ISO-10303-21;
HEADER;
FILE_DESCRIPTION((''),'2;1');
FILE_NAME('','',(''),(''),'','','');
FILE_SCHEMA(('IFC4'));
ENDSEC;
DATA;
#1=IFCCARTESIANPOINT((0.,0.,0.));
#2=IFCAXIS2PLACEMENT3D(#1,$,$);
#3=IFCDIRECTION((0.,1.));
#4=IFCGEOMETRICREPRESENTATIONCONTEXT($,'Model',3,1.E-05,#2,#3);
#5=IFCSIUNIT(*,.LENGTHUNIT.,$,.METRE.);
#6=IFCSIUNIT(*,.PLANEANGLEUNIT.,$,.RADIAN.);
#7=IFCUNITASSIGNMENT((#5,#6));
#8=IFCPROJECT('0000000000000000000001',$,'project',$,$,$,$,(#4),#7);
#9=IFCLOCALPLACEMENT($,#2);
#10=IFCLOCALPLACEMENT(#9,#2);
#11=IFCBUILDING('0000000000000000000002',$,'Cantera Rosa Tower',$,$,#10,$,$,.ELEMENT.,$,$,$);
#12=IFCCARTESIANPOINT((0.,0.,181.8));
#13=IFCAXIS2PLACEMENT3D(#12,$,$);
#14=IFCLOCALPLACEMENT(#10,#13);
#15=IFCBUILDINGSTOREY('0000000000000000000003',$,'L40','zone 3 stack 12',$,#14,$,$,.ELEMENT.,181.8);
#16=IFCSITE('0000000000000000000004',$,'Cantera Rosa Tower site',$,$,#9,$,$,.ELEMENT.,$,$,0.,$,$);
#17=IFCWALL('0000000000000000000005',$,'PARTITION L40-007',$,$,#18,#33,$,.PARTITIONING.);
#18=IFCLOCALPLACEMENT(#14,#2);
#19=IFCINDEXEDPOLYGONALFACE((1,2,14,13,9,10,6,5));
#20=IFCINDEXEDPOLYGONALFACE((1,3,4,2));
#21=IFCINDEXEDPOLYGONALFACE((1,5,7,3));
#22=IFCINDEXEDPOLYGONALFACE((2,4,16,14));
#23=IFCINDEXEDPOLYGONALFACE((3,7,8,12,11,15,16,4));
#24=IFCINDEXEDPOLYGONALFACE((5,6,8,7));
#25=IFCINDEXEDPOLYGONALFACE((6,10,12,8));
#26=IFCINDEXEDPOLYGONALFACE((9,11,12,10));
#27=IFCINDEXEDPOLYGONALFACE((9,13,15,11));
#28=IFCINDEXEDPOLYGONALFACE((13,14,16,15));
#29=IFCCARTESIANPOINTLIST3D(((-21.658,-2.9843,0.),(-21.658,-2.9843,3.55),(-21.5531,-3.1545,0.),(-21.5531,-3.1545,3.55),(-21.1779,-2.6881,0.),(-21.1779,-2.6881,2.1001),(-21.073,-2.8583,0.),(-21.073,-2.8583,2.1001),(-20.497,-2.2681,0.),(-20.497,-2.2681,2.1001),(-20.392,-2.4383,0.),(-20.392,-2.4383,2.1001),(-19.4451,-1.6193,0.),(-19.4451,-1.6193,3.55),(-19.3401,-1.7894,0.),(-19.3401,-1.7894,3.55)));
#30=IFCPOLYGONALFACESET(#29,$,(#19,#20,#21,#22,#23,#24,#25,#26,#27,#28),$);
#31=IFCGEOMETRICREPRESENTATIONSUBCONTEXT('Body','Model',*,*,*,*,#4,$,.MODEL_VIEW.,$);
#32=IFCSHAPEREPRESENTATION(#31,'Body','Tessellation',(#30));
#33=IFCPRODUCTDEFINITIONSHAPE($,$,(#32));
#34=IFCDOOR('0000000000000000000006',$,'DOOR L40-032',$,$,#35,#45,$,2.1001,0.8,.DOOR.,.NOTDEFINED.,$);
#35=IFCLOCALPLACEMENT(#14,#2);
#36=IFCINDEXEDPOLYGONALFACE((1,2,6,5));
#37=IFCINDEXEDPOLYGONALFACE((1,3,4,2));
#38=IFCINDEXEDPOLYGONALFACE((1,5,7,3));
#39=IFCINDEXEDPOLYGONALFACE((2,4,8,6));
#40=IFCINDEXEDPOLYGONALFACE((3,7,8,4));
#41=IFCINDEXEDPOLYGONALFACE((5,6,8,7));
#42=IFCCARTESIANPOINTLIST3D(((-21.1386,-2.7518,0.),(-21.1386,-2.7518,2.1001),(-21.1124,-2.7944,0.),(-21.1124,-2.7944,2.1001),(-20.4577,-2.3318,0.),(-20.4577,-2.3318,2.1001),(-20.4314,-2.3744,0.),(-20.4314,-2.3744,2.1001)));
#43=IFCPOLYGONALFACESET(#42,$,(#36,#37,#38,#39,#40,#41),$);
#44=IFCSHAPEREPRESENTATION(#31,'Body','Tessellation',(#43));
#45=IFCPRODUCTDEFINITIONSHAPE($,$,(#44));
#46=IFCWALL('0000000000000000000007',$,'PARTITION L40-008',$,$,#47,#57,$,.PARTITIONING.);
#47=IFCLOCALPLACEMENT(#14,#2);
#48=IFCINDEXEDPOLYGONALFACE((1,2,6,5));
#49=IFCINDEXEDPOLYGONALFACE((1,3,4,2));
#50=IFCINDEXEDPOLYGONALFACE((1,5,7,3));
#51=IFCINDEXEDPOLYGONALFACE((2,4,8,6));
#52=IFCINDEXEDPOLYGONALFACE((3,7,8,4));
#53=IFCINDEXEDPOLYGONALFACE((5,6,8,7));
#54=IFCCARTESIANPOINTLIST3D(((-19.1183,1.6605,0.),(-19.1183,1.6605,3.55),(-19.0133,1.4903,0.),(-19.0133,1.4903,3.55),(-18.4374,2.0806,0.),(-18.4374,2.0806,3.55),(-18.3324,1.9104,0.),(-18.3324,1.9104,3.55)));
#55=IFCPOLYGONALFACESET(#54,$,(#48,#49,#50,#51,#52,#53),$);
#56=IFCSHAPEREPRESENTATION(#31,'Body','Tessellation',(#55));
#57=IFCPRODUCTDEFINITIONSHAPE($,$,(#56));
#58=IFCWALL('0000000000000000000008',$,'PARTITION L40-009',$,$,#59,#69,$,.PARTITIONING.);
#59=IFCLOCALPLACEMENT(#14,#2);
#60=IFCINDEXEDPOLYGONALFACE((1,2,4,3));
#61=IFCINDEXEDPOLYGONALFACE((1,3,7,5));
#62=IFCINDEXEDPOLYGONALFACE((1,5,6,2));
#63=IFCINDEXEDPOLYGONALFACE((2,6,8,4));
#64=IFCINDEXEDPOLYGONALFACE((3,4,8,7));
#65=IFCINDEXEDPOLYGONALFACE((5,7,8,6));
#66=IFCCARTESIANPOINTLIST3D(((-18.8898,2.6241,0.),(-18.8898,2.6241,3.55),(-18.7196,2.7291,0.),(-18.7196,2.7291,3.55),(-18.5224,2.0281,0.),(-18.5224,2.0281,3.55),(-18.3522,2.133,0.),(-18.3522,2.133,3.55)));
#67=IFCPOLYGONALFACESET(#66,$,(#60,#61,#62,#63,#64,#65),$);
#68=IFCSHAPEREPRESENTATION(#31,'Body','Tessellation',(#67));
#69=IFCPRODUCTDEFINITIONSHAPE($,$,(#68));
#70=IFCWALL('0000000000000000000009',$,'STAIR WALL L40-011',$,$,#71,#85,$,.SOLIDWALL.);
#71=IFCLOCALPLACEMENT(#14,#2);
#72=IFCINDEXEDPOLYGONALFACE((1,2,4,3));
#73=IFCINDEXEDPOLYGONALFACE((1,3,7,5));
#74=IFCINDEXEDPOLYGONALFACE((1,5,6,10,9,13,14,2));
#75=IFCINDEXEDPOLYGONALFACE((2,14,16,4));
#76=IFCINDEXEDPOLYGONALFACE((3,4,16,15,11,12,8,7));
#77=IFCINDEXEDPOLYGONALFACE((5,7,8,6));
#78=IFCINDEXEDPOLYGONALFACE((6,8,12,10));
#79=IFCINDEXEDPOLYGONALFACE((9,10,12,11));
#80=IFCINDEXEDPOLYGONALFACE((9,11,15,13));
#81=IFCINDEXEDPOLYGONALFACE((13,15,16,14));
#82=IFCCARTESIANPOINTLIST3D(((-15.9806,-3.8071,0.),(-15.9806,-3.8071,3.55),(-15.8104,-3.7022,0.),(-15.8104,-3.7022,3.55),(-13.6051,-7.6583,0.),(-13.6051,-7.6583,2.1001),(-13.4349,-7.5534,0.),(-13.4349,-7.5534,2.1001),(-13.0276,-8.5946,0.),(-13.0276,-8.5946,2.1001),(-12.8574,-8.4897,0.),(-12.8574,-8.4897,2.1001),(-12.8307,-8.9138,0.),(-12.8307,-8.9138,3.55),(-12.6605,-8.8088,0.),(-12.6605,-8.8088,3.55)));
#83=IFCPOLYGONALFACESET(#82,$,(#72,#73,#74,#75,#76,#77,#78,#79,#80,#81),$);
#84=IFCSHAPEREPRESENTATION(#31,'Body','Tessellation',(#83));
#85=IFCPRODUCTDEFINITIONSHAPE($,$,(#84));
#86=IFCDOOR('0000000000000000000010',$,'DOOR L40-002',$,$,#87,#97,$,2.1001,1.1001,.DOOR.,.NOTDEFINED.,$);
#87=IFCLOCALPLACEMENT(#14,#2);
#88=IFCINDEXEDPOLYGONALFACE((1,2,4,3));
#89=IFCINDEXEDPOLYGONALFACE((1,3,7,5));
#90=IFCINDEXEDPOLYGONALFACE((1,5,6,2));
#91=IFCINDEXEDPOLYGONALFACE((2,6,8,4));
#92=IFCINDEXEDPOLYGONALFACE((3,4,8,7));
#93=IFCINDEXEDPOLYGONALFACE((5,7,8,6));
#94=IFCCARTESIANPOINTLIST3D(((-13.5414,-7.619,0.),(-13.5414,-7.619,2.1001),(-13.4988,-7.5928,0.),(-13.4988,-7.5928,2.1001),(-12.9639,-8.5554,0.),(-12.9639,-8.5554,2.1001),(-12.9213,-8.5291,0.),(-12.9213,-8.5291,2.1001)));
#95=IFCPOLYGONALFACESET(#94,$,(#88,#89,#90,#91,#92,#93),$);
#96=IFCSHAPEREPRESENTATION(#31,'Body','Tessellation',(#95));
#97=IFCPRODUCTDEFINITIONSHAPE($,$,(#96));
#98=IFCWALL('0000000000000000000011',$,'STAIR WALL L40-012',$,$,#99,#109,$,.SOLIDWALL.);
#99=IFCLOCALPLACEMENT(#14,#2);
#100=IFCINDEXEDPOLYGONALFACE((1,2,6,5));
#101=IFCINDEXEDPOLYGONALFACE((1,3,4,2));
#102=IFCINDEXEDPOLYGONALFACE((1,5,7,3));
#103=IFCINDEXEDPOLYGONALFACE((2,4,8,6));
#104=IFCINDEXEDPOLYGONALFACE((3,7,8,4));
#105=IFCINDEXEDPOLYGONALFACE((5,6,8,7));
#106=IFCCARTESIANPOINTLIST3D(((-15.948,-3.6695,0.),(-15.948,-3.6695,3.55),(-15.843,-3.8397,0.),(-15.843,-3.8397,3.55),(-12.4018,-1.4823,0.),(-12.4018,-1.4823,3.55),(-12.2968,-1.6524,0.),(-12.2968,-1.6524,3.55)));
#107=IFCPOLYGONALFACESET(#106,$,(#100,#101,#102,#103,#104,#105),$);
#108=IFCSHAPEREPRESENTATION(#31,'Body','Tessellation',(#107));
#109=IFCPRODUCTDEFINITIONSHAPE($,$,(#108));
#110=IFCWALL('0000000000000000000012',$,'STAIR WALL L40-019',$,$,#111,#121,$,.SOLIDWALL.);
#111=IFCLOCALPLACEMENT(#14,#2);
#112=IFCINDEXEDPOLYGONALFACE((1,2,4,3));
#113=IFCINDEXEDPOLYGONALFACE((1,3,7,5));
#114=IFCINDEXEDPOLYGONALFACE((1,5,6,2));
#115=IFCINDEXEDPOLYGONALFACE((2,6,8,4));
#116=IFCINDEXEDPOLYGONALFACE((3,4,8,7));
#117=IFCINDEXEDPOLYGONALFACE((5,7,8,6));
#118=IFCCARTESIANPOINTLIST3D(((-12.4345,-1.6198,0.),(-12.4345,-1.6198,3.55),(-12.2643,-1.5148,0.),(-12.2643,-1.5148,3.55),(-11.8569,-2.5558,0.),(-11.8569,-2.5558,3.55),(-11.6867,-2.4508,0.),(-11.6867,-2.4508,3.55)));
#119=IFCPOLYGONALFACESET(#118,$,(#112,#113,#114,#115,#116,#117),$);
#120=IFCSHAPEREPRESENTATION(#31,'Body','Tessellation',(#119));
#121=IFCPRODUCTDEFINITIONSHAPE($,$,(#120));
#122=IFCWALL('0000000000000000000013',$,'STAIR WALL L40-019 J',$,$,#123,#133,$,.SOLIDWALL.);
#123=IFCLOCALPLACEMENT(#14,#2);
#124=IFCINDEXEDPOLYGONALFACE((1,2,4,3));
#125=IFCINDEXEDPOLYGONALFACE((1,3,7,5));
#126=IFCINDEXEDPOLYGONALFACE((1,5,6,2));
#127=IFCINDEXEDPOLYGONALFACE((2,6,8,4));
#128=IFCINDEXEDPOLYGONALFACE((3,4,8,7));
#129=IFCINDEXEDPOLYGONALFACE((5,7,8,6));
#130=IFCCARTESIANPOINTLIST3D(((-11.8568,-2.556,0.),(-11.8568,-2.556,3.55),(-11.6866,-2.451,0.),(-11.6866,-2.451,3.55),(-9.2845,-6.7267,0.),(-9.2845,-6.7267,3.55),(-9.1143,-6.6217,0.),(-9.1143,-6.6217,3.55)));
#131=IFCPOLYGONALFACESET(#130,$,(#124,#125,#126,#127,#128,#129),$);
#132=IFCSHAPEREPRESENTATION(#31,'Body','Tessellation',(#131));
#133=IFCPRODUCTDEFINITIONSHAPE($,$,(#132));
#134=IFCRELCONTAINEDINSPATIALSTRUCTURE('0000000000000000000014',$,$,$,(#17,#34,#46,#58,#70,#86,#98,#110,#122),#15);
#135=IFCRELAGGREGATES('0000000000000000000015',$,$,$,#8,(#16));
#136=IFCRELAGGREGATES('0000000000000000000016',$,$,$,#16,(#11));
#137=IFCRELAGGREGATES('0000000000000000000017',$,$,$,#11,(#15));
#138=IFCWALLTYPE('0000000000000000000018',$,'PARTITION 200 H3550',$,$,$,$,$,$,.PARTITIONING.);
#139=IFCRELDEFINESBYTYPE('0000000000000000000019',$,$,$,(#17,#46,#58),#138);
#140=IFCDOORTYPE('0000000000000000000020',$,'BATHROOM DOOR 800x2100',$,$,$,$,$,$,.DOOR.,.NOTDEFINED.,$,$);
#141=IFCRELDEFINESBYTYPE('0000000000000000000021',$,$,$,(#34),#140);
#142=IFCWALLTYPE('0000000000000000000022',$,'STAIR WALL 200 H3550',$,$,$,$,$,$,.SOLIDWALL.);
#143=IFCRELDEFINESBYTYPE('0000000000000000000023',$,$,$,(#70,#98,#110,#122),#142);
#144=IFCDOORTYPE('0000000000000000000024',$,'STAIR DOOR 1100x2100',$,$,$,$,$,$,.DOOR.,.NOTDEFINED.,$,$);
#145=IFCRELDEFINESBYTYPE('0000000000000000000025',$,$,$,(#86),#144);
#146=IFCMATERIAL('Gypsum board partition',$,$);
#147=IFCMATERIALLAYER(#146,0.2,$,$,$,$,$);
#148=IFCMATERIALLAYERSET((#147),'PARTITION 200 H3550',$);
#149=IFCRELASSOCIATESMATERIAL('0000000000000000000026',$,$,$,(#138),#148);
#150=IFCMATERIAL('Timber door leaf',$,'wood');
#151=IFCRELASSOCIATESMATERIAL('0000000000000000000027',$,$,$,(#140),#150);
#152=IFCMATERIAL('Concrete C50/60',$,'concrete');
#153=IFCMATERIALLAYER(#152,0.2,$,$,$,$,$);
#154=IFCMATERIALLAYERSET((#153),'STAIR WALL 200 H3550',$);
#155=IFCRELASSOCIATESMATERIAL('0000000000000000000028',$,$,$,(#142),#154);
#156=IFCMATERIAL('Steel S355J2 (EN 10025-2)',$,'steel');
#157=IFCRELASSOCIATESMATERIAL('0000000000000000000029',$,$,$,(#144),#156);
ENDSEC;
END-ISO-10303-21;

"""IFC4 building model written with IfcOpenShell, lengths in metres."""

from ifc_helpers import new_model, si_unit, direction, frame, frame_2d, origin, place, context, subcontext, project, spatial, rectangle, extrude, material, layer, layer_set, type_object, element, fill, save


model = new_model("IFC4")

# Units and contexts
model_context = context("Model", 3, precision=1e-05, world=origin(), true_north=direction((0.0, 1.0)))
body_context = subcontext(model_context, "Body", "Model", "MODEL_VIEW")
ifc_project = project(units=[si_unit("LENGTHUNIT", "METRE"), si_unit("PLANEANGLEUNIT", "RADIAN")], contexts=[model_context])

# Site, building, storey
site_placement = place(None, origin())
site = spatial("IfcSite", under=ifc_project, at=site_placement, Name="Cantera Rosa Tower site", CompositionType="ELEMENT", RefElevation=0.0)
building_placement = place(site_placement, origin())
building = spatial("IfcBuilding", under=site, at=building_placement, Name="Cantera Rosa Tower", CompositionType="ELEMENT")
storey_placement = place(building_placement, frame((0.0, 0.0, 181.8)))
storey = spatial("IfcBuildingStorey", under=building, at=storey_placement, Name="L40", Description="zone 3 stack 12", CompositionType="ELEMENT", Elevation=181.8)

# Shared definitions
ifc_material_1 = material(Name="Gypsum board partition")
ifc_layer_1 = layer(ifc_material_1, 0.2)
ifc_layer_set_1 = layer_set([ifc_layer_1], Name="PARTITION 200 H3550")
wall_type_1 = type_object("IfcWallType", Name="PARTITION 200 H3550", PredefinedType="PARTITIONING", material=ifc_layer_set_1)

# Wall, opening, door
wall_1_placement = place(storey_placement, frame((-19.3926, -1.7043, 0.0), z_axis=(0.0, 0.0, 1.0), x_axis=(-0.851107, -0.524993, 0.0)))
wall_1 = element("IfcWall", 1, at=wall_1_placement, inside=storey, type_object=wall_type_1, Name="PARTITION L40-007", PredefinedType="PARTITIONING", context=body_context, shape_type="SweptSolid", body=[
    extrude(rectangle(XDim=2.6001, YDim=0.2, at=frame_2d((1.3, 0.0))), origin(), (0.0, 0.0, 1.0), 3.55),
])
opening_1_placement = place(wall_1_placement, frame((1.2361, 0.0, 0.0)))
opening_1 = element("IfcOpeningElement", 2, at=opening_1_placement, cuts=wall_1, PredefinedType="OPENING", context=body_context, shape_type="SweptSolid", body=[
    extrude(rectangle(XDim=0.8, YDim=2.1001, at=frame_2d((0.3999, 1.05))), frame((0.0, 0.1099, 0.0), z_axis=(0.0, -1.0, 0.0), x_axis=(1.0, 0.0, 0.0)), (0.0, 0.0, 1.0), 0.22),
])
ifc_material_2 = material(Name="Timber door leaf", Category="wood")
door_type_1 = type_object("IfcDoorType", Name="BATHROOM DOOR 800x2100", OperationType="NOTDEFINED", PredefinedType="DOOR", material=ifc_material_2)
door_1_placement = place(opening_1_placement, origin())
door_1 = element("IfcDoor", 3, at=door_1_placement, inside=storey, type_object=door_type_1, Name="DOOR L40-032", OperationType="NOTDEFINED", OverallHeight=2.1001, OverallWidth=0.8, PredefinedType="DOOR", context=body_context, shape_type="SweptSolid", body=[
    extrude(rectangle(XDim=0.8, YDim=2.1001, at=frame_2d((0.3999, 1.05))), frame((0.0, 0.0249, 0.0), z_axis=(0.0, -1.0, 0.0), x_axis=(1.0, 0.0, 0.0)), (0.0, 0.0, 1.0), 0.05),
])
fill(opening_1, door_1)

# Walls
wall_2_placement = place(storey_placement, frame((-19.0657, 1.5754, 0.0), z_axis=(0.0, 0.0, 1.0), x_axis=(0.851019, 0.525136, 0.0)))
element("IfcWall", 4, at=wall_2_placement, inside=storey, type_object=wall_type_1, Name="PARTITION L40-008", PredefinedType="PARTITIONING", context=body_context, shape_type="SweptSolid", body=[
    extrude(rectangle(XDim=0.8, YDim=0.2, at=frame_2d((0.3999, 0.0))), origin(), (0.0, 0.0, 1.0), 3.55),
])
wall_3_placement = place(storey_placement, frame((-18.4373, 2.0806, 0.0), z_axis=(0.0, 0.0, 1.0), x_axis=(-0.524817, 0.851215, 0.0)))
element("IfcWall", 5, at=wall_3_placement, inside=storey, type_object=wall_type_1, Name="PARTITION L40-009", PredefinedType="PARTITIONING", context=body_context, shape_type="SweptSolid", body=[
    extrude(rectangle(XDim=0.7002, YDim=0.2, at=frame_2d((0.3501, 0.0))), origin(), (0.0, 0.0, 1.0), 3.55),
])

# Wall, opening, door
ifc_material_3 = material(Name="Concrete C50/60", Category="concrete")
ifc_layer_2 = layer(ifc_material_3, 0.2)
ifc_layer_set_2 = layer_set([ifc_layer_2], Name="STAIR WALL 200 H3550")
wall_type_2 = type_object("IfcWallType", Name="STAIR WALL 200 H3550", PredefinedType="SOLIDWALL", material=ifc_layer_set_2)
wall_4_placement = place(storey_placement, frame((-15.8955, -3.7546, 0.0), z_axis=(0.0, 0.0, 1.0), x_axis=(0.524983, -0.851113, 0.0)))
wall_4 = element("IfcWall", 6, at=wall_4_placement, inside=storey, type_object=wall_type_2, Name="STAIR WALL L40-011", PredefinedType="SOLIDWALL", context=body_context, shape_type="SweptSolid", body=[
    extrude(rectangle(XDim=6.0, YDim=0.2, at=frame_2d((3.0, 0.0))), origin(), (0.0, 0.0, 1.0), 3.55),
])
opening_2_placement = place(wall_4_placement, frame((4.5249, 0.0, 0.0)))
opening_2 = element("IfcOpeningElement", 7, at=opening_2_placement, cuts=wall_4, PredefinedType="OPENING", context=body_context, shape_type="SweptSolid", body=[
    extrude(rectangle(XDim=1.1001, YDim=2.1001, at=frame_2d((0.55, 1.05))), frame((0.0, 0.1099, 0.0), z_axis=(0.0, -1.0, 0.0), x_axis=(1.0, 0.0, 0.0)), (0.0, 0.0, 1.0), 0.22),
])
ifc_material_4 = material(Name="Steel S355J2 (EN 10025-2)", Category="steel")
door_type_2 = type_object("IfcDoorType", Name="STAIR DOOR 1100x2100", OperationType="NOTDEFINED", PredefinedType="DOOR", material=ifc_material_4)
door_2_placement = place(opening_2_placement, origin())
door_2 = element("IfcDoor", 8, at=door_2_placement, inside=storey, type_object=door_type_2, Name="DOOR L40-002", OperationType="NOTDEFINED", OverallHeight=2.1001, OverallWidth=1.1001, PredefinedType="DOOR", context=body_context, shape_type="SweptSolid", body=[
    extrude(rectangle(XDim=1.1001, YDim=2.1001, at=frame_2d((0.55, 1.05))), frame((0.0, 0.0249, 0.0), z_axis=(0.0, -1.0, 0.0), x_axis=(1.0, 0.0, 0.0)), (0.0, 0.0, 1.0), 0.05),
])
fill(opening_2, door_2)

# Walls
wall_5_placement = place(storey_placement, frame((-15.8955, -3.7546, 0.0), z_axis=(0.0, 0.0, 1.0), x_axis=(0.851121, 0.52497, 0.0)))
element("IfcWall", 9, at=wall_5_placement, inside=storey, type_object=wall_type_2, Name="STAIR WALL L40-012", PredefinedType="SOLIDWALL", context=body_context, shape_type="SweptSolid", body=[
    extrude(rectangle(XDim=4.1665, YDim=0.2, at=frame_2d((2.0833, 0.0))), origin(), (0.0, 0.0, 1.0), 3.55),
])
wall_6_placement = place(storey_placement, frame((-12.3494, -1.5674, 0.0), z_axis=(0.0, 0.0, 1.0), x_axis=(0.525162, -0.851002, 0.0)))
element("IfcWall", 10, at=wall_6_placement, inside=storey, type_object=wall_type_2, Name="STAIR WALL L40-019", PredefinedType="SOLIDWALL", context=body_context, shape_type="SweptSolid", body=[
    extrude(rectangle(XDim=1.0999, YDim=0.2, at=frame_2d((0.5498, 0.0))), origin(), (0.0, 0.0, 1.0), 3.55),
])
wall_7_placement = place(storey_placement, frame((-11.7717, -2.5034, 0.0), z_axis=(0.0, 0.0, 1.0), x_axis=(0.524942, -0.851138, 0.0)))
element("IfcWall", 11, at=wall_7_placement, inside=storey, type_object=wall_type_2, Name="STAIR WALL L40-019 J", PredefinedType="SOLIDWALL", context=body_context, shape_type="SweptSolid", body=[
    extrude(rectangle(XDim=4.9001, YDim=0.2, at=frame_2d((2.4502, 0.0))), origin(), (0.0, 0.0, 1.0), 3.55),
])

save(model, "model.ifc")
